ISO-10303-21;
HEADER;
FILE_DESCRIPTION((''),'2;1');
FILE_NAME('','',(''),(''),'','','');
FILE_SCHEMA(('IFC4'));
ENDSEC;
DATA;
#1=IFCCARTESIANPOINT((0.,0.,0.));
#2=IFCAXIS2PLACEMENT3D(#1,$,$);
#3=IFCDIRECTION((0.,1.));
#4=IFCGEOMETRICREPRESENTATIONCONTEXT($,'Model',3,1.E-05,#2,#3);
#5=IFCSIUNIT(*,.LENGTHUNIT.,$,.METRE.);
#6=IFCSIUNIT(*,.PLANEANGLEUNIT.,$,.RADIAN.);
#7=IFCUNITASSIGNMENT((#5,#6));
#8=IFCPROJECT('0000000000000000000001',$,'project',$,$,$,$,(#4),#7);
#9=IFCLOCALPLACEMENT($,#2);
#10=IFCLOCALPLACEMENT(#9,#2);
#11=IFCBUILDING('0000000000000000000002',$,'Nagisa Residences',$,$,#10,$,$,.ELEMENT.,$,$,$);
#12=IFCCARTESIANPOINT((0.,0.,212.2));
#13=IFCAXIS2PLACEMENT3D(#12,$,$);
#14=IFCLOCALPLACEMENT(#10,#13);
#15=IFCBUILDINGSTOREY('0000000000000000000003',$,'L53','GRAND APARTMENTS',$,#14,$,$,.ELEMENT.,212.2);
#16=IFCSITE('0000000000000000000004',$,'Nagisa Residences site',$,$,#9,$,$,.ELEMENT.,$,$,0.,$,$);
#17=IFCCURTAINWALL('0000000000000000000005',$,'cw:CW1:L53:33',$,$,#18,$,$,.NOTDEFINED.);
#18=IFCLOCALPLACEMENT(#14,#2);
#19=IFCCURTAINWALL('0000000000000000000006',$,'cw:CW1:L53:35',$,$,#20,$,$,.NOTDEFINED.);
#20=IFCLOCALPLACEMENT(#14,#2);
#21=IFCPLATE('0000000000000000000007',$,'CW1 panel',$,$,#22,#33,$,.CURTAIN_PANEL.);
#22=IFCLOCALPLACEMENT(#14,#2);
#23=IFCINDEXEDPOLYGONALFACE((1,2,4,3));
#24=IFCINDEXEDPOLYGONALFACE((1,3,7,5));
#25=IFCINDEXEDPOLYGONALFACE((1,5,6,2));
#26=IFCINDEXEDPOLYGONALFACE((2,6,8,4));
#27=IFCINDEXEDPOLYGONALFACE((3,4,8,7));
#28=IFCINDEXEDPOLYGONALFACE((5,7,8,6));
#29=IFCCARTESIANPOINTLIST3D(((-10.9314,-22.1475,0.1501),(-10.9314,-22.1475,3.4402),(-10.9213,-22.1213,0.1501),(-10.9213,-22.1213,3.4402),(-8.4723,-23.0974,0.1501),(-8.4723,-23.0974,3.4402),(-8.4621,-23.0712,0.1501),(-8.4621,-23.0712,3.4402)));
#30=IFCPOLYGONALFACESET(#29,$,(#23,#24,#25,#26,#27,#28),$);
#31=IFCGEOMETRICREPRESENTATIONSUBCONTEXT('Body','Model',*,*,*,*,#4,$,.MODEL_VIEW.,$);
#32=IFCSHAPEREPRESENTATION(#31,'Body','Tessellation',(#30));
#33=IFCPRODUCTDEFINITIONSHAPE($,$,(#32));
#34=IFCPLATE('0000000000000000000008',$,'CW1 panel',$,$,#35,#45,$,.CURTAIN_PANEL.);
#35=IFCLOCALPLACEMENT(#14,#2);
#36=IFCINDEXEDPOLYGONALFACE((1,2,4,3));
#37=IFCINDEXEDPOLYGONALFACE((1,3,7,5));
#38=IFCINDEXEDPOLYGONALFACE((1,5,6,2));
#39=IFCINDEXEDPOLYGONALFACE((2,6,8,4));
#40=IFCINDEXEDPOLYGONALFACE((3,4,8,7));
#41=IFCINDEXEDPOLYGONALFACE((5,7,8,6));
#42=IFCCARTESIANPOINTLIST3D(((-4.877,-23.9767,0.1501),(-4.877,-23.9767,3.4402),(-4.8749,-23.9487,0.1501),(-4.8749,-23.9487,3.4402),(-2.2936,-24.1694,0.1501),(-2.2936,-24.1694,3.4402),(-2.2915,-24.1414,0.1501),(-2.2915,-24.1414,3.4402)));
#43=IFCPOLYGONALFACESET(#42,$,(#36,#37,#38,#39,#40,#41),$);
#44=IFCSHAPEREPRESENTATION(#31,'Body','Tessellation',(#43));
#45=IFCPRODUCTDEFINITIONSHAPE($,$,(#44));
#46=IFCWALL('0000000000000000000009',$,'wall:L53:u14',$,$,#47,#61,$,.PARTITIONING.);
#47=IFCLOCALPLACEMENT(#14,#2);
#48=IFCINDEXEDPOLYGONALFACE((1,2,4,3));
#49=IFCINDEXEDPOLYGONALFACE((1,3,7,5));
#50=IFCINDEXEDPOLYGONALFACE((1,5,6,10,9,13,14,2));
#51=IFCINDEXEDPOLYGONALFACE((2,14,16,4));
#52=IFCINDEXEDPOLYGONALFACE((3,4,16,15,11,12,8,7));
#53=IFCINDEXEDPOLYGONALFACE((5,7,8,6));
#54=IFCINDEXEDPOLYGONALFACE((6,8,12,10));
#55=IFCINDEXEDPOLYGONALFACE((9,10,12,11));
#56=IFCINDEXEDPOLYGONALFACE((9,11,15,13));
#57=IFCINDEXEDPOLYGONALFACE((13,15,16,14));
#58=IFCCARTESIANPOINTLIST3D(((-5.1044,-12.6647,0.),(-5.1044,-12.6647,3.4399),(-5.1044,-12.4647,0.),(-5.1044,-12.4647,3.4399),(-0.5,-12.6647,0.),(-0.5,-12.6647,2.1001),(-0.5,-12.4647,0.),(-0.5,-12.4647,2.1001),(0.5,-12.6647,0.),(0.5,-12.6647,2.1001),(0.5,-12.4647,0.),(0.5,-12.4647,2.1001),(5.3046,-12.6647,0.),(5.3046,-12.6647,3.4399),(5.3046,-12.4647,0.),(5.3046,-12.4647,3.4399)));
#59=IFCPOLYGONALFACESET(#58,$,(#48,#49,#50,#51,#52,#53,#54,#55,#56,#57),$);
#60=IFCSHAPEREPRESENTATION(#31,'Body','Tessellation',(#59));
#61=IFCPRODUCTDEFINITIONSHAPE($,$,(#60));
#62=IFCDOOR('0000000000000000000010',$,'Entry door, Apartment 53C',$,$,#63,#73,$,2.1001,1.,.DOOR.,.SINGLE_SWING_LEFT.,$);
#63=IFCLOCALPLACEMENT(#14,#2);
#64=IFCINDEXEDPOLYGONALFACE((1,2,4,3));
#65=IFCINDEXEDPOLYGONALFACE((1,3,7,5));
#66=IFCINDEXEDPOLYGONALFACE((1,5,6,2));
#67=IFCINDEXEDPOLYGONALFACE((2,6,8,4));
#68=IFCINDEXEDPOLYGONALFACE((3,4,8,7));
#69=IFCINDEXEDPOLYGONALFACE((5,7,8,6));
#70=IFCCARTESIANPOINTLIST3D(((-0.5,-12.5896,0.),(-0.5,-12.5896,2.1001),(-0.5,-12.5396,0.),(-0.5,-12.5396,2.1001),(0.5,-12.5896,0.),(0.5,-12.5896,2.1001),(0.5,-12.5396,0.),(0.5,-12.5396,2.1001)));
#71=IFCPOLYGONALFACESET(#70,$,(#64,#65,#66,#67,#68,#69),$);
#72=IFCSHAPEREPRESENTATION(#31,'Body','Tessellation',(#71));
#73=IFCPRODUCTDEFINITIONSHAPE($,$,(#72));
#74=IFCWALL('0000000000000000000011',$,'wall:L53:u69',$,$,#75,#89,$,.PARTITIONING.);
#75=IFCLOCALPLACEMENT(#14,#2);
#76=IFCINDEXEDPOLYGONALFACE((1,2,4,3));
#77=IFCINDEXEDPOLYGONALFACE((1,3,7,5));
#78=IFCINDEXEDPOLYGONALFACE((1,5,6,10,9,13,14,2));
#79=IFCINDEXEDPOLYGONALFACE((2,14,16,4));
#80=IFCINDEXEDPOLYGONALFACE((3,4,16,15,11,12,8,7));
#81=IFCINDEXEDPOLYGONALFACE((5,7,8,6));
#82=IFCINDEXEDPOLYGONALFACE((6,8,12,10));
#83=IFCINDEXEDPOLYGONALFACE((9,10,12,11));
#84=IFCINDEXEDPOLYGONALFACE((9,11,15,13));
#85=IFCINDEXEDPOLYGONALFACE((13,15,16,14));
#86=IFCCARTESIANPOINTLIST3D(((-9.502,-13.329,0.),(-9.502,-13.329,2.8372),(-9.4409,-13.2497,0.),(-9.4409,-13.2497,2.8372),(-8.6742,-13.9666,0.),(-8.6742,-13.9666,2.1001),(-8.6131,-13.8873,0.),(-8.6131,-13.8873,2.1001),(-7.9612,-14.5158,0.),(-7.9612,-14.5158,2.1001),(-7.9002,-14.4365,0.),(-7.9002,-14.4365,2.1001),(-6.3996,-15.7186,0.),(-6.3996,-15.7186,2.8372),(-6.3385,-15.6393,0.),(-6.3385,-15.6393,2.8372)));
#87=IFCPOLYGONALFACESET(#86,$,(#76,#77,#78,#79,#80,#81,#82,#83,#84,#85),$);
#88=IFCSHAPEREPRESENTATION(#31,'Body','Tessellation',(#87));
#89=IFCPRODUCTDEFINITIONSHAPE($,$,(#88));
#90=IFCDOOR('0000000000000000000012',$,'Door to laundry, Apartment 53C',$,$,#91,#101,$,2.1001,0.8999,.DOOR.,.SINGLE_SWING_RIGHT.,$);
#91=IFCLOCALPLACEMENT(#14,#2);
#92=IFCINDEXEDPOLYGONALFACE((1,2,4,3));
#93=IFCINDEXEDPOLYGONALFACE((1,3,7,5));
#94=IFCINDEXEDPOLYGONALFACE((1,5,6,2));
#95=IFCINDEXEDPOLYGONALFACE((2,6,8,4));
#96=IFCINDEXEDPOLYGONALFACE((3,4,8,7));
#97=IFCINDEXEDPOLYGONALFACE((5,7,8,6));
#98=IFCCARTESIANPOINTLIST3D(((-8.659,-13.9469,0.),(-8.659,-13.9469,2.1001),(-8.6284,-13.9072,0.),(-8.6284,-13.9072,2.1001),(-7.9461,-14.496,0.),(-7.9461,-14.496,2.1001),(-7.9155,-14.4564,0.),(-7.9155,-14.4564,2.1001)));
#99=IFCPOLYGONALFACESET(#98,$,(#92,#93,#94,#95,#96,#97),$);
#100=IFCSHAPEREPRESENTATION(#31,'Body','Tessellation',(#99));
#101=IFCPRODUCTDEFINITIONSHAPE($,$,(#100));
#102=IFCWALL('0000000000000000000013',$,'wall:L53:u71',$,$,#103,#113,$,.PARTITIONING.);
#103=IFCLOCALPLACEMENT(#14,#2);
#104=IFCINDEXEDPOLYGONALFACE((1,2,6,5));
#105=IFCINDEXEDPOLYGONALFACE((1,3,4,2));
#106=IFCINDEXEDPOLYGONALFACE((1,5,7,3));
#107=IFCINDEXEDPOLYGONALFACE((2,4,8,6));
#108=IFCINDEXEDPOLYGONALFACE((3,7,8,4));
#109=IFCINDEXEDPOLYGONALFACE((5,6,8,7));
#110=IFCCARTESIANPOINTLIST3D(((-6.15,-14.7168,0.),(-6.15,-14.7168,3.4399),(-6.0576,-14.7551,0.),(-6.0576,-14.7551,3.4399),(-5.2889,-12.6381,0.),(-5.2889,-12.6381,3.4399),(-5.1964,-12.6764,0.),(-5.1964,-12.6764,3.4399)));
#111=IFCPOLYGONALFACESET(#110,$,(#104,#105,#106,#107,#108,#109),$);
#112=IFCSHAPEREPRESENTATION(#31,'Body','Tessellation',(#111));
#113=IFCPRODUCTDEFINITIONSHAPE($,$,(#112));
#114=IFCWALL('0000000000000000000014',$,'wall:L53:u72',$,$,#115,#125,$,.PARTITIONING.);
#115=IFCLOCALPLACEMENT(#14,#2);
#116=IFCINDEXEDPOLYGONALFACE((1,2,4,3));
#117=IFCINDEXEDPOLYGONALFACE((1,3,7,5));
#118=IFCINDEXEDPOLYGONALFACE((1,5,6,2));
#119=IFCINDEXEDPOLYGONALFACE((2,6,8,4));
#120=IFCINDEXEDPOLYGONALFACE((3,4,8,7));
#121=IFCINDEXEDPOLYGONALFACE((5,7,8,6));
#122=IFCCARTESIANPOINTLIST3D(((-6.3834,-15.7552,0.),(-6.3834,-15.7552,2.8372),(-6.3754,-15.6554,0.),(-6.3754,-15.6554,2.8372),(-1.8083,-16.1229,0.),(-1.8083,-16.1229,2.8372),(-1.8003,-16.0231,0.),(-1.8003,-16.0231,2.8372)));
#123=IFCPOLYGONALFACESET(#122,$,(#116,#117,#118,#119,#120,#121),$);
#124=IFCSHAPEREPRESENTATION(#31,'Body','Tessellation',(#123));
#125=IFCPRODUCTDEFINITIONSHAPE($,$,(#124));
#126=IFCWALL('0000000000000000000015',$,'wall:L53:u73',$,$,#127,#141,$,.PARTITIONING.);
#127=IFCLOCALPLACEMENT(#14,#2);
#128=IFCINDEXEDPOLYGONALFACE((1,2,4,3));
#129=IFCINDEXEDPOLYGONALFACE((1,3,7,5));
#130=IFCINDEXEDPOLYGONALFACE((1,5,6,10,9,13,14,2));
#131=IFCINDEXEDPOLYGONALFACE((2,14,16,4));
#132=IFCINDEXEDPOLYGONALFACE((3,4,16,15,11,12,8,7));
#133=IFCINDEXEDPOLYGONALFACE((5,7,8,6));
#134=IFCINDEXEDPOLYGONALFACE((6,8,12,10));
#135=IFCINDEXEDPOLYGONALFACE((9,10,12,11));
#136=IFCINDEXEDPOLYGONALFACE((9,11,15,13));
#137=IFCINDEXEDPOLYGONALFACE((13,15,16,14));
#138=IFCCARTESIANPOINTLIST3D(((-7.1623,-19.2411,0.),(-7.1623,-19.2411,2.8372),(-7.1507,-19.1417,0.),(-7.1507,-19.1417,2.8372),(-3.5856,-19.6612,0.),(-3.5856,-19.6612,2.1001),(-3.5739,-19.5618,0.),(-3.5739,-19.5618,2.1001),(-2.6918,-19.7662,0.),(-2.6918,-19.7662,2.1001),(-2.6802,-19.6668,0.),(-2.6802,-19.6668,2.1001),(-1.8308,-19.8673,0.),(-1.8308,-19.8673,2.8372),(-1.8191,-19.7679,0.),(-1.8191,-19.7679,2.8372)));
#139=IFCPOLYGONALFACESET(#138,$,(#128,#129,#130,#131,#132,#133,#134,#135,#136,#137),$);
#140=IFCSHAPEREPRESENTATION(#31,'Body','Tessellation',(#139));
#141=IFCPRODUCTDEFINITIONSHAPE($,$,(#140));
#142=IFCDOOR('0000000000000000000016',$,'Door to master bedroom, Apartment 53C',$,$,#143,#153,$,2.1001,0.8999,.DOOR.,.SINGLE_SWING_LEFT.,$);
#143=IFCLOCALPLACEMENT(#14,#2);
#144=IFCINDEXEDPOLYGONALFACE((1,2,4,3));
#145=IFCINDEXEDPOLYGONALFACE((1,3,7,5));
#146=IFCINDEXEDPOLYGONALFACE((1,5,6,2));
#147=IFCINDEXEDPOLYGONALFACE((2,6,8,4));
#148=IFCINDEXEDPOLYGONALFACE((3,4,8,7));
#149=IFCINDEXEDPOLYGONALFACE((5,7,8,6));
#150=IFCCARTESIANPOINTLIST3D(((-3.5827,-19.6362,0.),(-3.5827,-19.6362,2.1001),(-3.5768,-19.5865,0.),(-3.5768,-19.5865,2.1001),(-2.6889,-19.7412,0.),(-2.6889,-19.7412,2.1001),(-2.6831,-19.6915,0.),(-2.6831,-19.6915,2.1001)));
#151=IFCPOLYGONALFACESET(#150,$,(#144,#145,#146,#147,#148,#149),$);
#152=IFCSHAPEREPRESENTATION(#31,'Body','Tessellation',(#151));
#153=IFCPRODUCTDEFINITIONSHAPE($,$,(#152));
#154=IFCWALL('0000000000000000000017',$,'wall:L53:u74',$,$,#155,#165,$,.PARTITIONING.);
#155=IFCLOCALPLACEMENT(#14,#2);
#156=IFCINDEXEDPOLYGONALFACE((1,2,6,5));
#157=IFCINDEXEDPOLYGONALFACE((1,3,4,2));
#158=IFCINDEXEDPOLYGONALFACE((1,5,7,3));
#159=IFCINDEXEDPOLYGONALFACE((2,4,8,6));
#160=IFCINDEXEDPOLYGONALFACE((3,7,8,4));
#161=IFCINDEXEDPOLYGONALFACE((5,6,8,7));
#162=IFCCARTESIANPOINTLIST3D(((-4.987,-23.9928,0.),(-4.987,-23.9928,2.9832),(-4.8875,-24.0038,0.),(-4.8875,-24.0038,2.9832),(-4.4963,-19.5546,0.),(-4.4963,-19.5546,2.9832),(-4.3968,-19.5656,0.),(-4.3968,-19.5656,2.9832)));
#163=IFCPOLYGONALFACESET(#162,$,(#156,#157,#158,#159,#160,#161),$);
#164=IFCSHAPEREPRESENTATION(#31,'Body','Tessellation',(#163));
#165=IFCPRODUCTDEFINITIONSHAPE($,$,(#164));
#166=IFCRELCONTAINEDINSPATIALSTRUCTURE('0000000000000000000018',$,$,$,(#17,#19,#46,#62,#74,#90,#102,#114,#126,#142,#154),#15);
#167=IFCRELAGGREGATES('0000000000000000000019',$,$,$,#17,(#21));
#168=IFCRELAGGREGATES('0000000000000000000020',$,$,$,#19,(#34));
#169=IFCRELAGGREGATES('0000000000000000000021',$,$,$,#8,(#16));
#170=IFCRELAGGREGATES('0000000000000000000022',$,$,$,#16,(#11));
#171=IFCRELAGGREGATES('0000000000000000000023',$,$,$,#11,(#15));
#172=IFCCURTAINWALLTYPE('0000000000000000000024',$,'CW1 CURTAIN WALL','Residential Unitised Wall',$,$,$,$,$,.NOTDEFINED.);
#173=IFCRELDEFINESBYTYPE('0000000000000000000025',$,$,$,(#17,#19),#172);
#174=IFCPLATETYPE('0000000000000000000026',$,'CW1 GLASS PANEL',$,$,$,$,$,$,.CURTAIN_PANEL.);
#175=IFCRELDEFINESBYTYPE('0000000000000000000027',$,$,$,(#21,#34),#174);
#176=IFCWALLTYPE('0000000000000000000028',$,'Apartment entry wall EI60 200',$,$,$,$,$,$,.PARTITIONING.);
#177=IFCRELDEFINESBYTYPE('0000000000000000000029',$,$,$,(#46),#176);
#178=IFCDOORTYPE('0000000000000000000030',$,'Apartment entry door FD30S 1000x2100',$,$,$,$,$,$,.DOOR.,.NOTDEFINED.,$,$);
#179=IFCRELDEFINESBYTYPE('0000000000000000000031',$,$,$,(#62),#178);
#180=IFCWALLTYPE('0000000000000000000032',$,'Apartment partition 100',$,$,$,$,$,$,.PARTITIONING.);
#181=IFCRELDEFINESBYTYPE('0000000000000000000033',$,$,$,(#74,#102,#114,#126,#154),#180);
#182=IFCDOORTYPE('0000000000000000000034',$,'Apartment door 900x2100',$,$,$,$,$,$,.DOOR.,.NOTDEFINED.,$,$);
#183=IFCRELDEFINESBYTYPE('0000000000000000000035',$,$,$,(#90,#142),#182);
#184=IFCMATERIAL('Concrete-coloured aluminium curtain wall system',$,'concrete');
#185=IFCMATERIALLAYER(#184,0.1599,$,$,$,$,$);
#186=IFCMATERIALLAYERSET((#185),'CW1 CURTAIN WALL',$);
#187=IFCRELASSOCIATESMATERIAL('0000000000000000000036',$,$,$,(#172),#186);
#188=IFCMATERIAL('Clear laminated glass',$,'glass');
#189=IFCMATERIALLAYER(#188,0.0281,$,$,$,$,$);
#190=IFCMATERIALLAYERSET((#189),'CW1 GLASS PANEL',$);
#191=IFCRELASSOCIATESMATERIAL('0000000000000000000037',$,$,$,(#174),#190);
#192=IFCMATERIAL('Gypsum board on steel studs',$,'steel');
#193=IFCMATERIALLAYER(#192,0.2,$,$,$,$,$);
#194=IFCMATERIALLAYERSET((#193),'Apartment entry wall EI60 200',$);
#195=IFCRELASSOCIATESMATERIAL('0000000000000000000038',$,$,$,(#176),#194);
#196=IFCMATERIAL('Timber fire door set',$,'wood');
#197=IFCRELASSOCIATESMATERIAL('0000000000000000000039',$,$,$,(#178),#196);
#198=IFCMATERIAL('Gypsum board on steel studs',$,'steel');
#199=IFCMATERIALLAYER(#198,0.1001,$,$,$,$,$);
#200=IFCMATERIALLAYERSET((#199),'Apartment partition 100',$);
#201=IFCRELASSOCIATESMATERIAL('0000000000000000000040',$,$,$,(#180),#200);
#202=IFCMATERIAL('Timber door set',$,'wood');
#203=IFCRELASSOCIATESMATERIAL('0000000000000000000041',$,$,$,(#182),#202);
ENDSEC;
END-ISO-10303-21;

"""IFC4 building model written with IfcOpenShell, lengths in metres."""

from ifc_helpers import new_model, si_unit, direction, frame, frame_2d, origin, origin_2d, place, context, subcontext, project, spatial, rectangle, extrude, material, layer, layer_set, type_object, element, fill, aggregate, save


model = new_model("IFC4")

# Units and contexts
model_context = context("Model", 3, precision=1e-05, world=origin(), true_north=direction((0.0, 1.0)))
body_context = subcontext(model_context, "Body", "Model", "MODEL_VIEW")
ifc_project = project(units=[si_unit("LENGTHUNIT", "METRE"), si_unit("PLANEANGLEUNIT", "RADIAN")], contexts=[model_context])

# Site, building, storey
site_placement = place(None, origin())
site = spatial("IfcSite", under=ifc_project, at=site_placement, Name="Nagisa Residences site", CompositionType="ELEMENT", RefElevation=0.0)
building_placement = place(site_placement, origin())
building = spatial("IfcBuilding", under=site, at=building_placement, Name="Nagisa Residences", CompositionType="ELEMENT")
storey_placement = place(building_placement, frame((0.0, 0.0, 212.2)))
storey = spatial("IfcBuildingStorey", under=building, at=storey_placement, Name="L53", Description="GRAND APARTMENTS", CompositionType="ELEMENT", Elevation=212.2)

# Curtain walls
ifc_material_1 = material(Name="Concrete-coloured aluminium curtain wall system", Category="concrete")
ifc_layer_1 = layer(ifc_material_1, 0.1599)
ifc_layer_set_1 = layer_set([ifc_layer_1], Name="CW1 CURTAIN WALL")
curtain_wall_type = type_object("IfcCurtainWallType", Name="CW1 CURTAIN WALL", Description="Residential Unitised Wall", PredefinedType="NOTDEFINED", material=ifc_layer_set_1)
curtain_wall_1_placement = place(storey_placement, origin())
curtain_wall_1 = element("IfcCurtainWall", 1, at=curtain_wall_1_placement, inside=storey, type_object=curtain_wall_type, Name="cw:CW1:L53:33", PredefinedType="NOTDEFINED")
curtain_wall_2_placement = place(storey_placement, origin())
curtain_wall_2 = element("IfcCurtainWall", 2, at=curtain_wall_2_placement, inside=storey, type_object=curtain_wall_type, Name="cw:CW1:L53:35", PredefinedType="NOTDEFINED")

# Plates
ifc_material_2 = material(Name="Clear laminated glass", Category="glass")
ifc_layer_2 = layer(ifc_material_2, 0.0281)
ifc_layer_set_2 = layer_set([ifc_layer_2], Name="CW1 GLASS PANEL")
plate_type = type_object("IfcPlateType", Name="CW1 GLASS PANEL", PredefinedType="CURTAIN_PANEL", material=ifc_layer_set_2)
plate_1_placement = place(storey_placement, frame((-9.6968, -22.6094, 0.1501), z_axis=(0.0, 0.0, 1.0), x_axis=(0.932826, -0.360328, 0.0)))
plate_1 = element("IfcPlate", 3, at=plate_1_placement, type_object=plate_type, Name="CW1 panel", PredefinedType="CURTAIN_PANEL", context=body_context, shape_type="SweptSolid", body=[
    extrude(rectangle(XDim=2.6362, YDim=0.0281, at=origin_2d()), origin(), (0.0, 0.0, 1.0), 3.29),
])
aggregate(curtain_wall_1, [plate_1])
plate_2_placement = place(storey_placement, frame((-3.5842, -24.0591, 0.1501), z_axis=(0.0, 0.0, 1.0), x_axis=(0.99723, -0.074377, 0.0)))
plate_2 = element("IfcPlate", 4, at=plate_2_placement, type_object=plate_type, Name="CW1 panel", PredefinedType="CURTAIN_PANEL", context=body_context, shape_type="SweptSolid", body=[
    extrude(rectangle(XDim=2.5906, YDim=0.0281, at=origin_2d()), origin(), (0.0, 0.0, 1.0), 3.29),
])
aggregate(curtain_wall_2, [plate_2])

# Walls, openings, doors
ifc_material_3 = material(Name="Gypsum board on steel studs", Category="steel")
ifc_layer_3 = layer(ifc_material_3, 0.2)
ifc_layer_set_3 = layer_set([ifc_layer_3], Name="Apartment entry wall EI60 200")
wall_type_1 = type_object("IfcWallType", Name="Apartment entry wall EI60 200", PredefinedType="PARTITIONING", material=ifc_layer_set_3)
wall_1_placement = place(storey_placement, frame((-5.1045, -12.5647, 0.0), z_axis=(0.0, 0.0, 1.0), x_axis=(1.0, 0.0, 0.0)))
wall_1 = element("IfcWall", 5, at=wall_1_placement, inside=storey, type_object=wall_type_1, Name="wall:L53:u14", PredefinedType="PARTITIONING", context=body_context, shape_type="SweptSolid", body=[
    extrude(rectangle(XDim=10.4089, YDim=0.2, at=frame_2d((5.2046, 0.0))), origin(), (0.0, 0.0, 1.0), 3.4399),
])
opening_1_placement = place(wall_1_placement, frame((4.6045, 0.0, 0.0)))
opening_1 = element("IfcOpeningElement", 6, at=opening_1_placement, cuts=wall_1, PredefinedType="OPENING", context=body_context, shape_type="SweptSolid", body=[
    extrude(rectangle(XDim=1.0, YDim=2.1001, at=frame_2d((0.5, 1.05))), frame((0.0, 0.1099, 0.0), z_axis=(0.0, -1.0, 0.0), x_axis=(1.0, 0.0, 0.0)), (0.0, 0.0, 1.0), 0.22),
])
ifc_material_4 = material(Name="Timber fire door set", Category="wood")
door_type_1 = type_object("IfcDoorType", Name="Apartment entry door FD30S 1000x2100", OperationType="NOTDEFINED", PredefinedType="DOOR", material=ifc_material_4)
door_1_placement = place(opening_1_placement, frame((1.0, 0.0, 0.0), x_axis=(-1.0, 0.0, 0.0)))
door_1 = element("IfcDoor", 7, at=door_1_placement, inside=storey, type_object=door_type_1, Name="Entry door, Apartment 53C", OperationType="SINGLE_SWING_LEFT", OverallHeight=2.1001, OverallWidth=1.0, PredefinedType="DOOR", context=body_context, shape_type="SweptSolid", body=[
    extrude(rectangle(XDim=1.0, YDim=2.1001, at=frame_2d((0.5, 1.05))), frame((0.0, 0.0249, 0.0), z_axis=(0.0, -1.0, 0.0), x_axis=(1.0, 0.0, 0.0)), (0.0, 0.0, 1.0), 0.05),
])
fill(opening_1, door_1)
ifc_material_5 = material(Name="Gypsum board on steel studs", Category="steel")
ifc_layer_4 = layer(ifc_material_5, 0.1001)
ifc_layer_set_4 = layer_set([ifc_layer_4], Name="Apartment partition 100")
wall_type_2 = type_object("IfcWallType", Name="Apartment partition 100", PredefinedType="PARTITIONING", material=ifc_layer_set_4)
wall_2_placement = place(storey_placement, frame((-9.4714, -13.2893, 0.0), z_axis=(0.0, 0.0, 1.0), x_axis=(0.792221, -0.610235, 0.0)))
wall_2 = element("IfcWall", 8, at=wall_2_placement, inside=storey, type_object=wall_type_2, Name="wall:L53:u69", PredefinedType="PARTITIONING", context=body_context, shape_type="SweptSolid", body=[
    extrude(rectangle(XDim=3.916, YDim=0.1001, at=frame_2d((1.958, 0.0))), origin(), (0.0, 0.0, 1.0), 2.8372),
])
opening_2_placement = place(wall_2_placement, frame((1.0449, 0.0, 0.0)))
opening_2 = element("IfcOpeningElement", 9, at=opening_2_placement, cuts=wall_2, PredefinedType="OPENING", context=body_context, shape_type="SweptSolid", body=[
    extrude(rectangle(XDim=0.8999, YDim=2.1001, at=frame_2d((0.45, 1.05))), frame((0.0, 0.0601, 0.0), z_axis=(0.0, -1.0, 0.0), x_axis=(1.0, 0.0, 0.0)), (0.0, 0.0, 1.0), 0.1201),
])
ifc_material_6 = material(Name="Timber door set", Category="wood")
door_type_2 = type_object("IfcDoorType", Name="Apartment door 900x2100", OperationType="NOTDEFINED", PredefinedType="DOOR", material=ifc_material_6)
door_2_placement = place(opening_2_placement, origin())
door_2 = element("IfcDoor", 10, at=door_2_placement, inside=storey, type_object=door_type_2, Name="Door to laundry, Apartment 53C", OperationType="SINGLE_SWING_RIGHT", OverallHeight=2.1001, OverallWidth=0.8999, PredefinedType="DOOR", context=body_context, shape_type="SweptSolid", body=[
    extrude(rectangle(XDim=0.8999, YDim=2.1001, at=frame_2d((0.45, 1.05))), frame((0.0, 0.0249, 0.0), z_axis=(0.0, -1.0, 0.0), x_axis=(1.0, 0.0, 0.0)), (0.0, 0.0, 1.0), 0.05),
])
fill(opening_2, door_2)

# Walls
wall_3_placement = place(storey_placement, frame((-5.2427, -12.6572, 0.0), z_axis=(0.0, 0.0, 1.0), x_axis=(-0.382719, -0.923865, 0.0)))
element("IfcWall", 11, at=wall_3_placement, inside=storey, type_object=wall_type_2, Name="wall:L53:u71", PredefinedType="PARTITIONING", context=body_context, shape_type="SweptSolid", body=[
    extrude(rectangle(XDim=2.25, YDim=0.1001, at=frame_2d((1.125, 0.0))), origin(), (0.0, 0.0, 1.0), 3.4399),
])
wall_4_placement = place(storey_placement, frame((-6.3794, -15.7053, 0.0), z_axis=(0.0, 0.0, 1.0), x_axis=(0.996786, -0.080105, 0.0)))
element("IfcWall", 12, at=wall_4_placement, inside=storey, type_object=wall_type_2, Name="wall:L53:u72", PredefinedType="PARTITIONING", context=body_context, shape_type="SweptSolid", body=[
    extrude(rectangle(XDim=4.5898, YDim=0.1001, at=frame_2d((2.2949, 0.0))), origin(), (0.0, 0.0, 1.0), 2.8372),
])

# Wall, opening, door
wall_5_placement = place(storey_placement, frame((-7.1565, -19.1914, 0.0), z_axis=(0.0, 0.0, 1.0), x_axis=(0.993173, -0.116654, 0.0)))
wall_5 = element("IfcWall", 13, at=wall_5_placement, inside=storey, type_object=wall_type_2, Name="wall:L53:u73", PredefinedType="PARTITIONING", context=body_context, shape_type="SweptSolid", body=[
    extrude(rectangle(XDim=5.3682, YDim=0.1001, at=frame_2d((2.6841, 0.0))), origin(), (0.0, 0.0, 1.0), 2.8372),
])
opening_3_placement = place(wall_5_placement, frame((3.6013, 0.0, 0.0)))
opening_3 = element("IfcOpeningElement", 14, at=opening_3_placement, cuts=wall_5, PredefinedType="OPENING", context=body_context, shape_type="SweptSolid", body=[
    extrude(rectangle(XDim=0.8999, YDim=2.1001, at=frame_2d((0.45, 1.05))), frame((0.0, 0.0601, 0.0), z_axis=(0.0, -1.0, 0.0), x_axis=(1.0, 0.0, 0.0)), (0.0, 0.0, 1.0), 0.1201),
])
door_3_placement = place(opening_3_placement, frame((0.8999, 0.0, 0.0), x_axis=(-1.0, 0.0, 0.0)))
door_3 = element("IfcDoor", 15, at=door_3_placement, inside=storey, type_object=door_type_2, Name="Door to master bedroom, Apartment 53C", OperationType="SINGLE_SWING_LEFT", OverallHeight=2.1001, OverallWidth=0.8999, PredefinedType="DOOR", context=body_context, shape_type="SweptSolid", body=[
    extrude(rectangle(XDim=0.8999, YDim=2.1001, at=frame_2d((0.45, 1.05))), frame((0.0, 0.0249, 0.0), z_axis=(0.0, -1.0, 0.0), x_axis=(1.0, 0.0, 0.0)), (0.0, 0.0, 1.0), 0.05),
])
fill(opening_3, door_3)

# Wall
wall_6_placement = place(storey_placement, frame((-4.4465, -19.5601, 0.0), z_axis=(0.0, 0.0, 1.0), x_axis=(-0.109897, -0.993943, 0.0)))
element("IfcWall", 16, at=wall_6_placement, inside=storey, type_object=wall_type_2, Name="wall:L53:u74", PredefinedType="PARTITIONING", context=body_context, shape_type="SweptSolid", body=[
    extrude(rectangle(XDim=4.4653, YDim=0.1001, at=frame_2d((2.2327, 0.0))), origin(), (0.0, 0.0, 1.0), 2.9832),
])

save(model, "model.ifc")
